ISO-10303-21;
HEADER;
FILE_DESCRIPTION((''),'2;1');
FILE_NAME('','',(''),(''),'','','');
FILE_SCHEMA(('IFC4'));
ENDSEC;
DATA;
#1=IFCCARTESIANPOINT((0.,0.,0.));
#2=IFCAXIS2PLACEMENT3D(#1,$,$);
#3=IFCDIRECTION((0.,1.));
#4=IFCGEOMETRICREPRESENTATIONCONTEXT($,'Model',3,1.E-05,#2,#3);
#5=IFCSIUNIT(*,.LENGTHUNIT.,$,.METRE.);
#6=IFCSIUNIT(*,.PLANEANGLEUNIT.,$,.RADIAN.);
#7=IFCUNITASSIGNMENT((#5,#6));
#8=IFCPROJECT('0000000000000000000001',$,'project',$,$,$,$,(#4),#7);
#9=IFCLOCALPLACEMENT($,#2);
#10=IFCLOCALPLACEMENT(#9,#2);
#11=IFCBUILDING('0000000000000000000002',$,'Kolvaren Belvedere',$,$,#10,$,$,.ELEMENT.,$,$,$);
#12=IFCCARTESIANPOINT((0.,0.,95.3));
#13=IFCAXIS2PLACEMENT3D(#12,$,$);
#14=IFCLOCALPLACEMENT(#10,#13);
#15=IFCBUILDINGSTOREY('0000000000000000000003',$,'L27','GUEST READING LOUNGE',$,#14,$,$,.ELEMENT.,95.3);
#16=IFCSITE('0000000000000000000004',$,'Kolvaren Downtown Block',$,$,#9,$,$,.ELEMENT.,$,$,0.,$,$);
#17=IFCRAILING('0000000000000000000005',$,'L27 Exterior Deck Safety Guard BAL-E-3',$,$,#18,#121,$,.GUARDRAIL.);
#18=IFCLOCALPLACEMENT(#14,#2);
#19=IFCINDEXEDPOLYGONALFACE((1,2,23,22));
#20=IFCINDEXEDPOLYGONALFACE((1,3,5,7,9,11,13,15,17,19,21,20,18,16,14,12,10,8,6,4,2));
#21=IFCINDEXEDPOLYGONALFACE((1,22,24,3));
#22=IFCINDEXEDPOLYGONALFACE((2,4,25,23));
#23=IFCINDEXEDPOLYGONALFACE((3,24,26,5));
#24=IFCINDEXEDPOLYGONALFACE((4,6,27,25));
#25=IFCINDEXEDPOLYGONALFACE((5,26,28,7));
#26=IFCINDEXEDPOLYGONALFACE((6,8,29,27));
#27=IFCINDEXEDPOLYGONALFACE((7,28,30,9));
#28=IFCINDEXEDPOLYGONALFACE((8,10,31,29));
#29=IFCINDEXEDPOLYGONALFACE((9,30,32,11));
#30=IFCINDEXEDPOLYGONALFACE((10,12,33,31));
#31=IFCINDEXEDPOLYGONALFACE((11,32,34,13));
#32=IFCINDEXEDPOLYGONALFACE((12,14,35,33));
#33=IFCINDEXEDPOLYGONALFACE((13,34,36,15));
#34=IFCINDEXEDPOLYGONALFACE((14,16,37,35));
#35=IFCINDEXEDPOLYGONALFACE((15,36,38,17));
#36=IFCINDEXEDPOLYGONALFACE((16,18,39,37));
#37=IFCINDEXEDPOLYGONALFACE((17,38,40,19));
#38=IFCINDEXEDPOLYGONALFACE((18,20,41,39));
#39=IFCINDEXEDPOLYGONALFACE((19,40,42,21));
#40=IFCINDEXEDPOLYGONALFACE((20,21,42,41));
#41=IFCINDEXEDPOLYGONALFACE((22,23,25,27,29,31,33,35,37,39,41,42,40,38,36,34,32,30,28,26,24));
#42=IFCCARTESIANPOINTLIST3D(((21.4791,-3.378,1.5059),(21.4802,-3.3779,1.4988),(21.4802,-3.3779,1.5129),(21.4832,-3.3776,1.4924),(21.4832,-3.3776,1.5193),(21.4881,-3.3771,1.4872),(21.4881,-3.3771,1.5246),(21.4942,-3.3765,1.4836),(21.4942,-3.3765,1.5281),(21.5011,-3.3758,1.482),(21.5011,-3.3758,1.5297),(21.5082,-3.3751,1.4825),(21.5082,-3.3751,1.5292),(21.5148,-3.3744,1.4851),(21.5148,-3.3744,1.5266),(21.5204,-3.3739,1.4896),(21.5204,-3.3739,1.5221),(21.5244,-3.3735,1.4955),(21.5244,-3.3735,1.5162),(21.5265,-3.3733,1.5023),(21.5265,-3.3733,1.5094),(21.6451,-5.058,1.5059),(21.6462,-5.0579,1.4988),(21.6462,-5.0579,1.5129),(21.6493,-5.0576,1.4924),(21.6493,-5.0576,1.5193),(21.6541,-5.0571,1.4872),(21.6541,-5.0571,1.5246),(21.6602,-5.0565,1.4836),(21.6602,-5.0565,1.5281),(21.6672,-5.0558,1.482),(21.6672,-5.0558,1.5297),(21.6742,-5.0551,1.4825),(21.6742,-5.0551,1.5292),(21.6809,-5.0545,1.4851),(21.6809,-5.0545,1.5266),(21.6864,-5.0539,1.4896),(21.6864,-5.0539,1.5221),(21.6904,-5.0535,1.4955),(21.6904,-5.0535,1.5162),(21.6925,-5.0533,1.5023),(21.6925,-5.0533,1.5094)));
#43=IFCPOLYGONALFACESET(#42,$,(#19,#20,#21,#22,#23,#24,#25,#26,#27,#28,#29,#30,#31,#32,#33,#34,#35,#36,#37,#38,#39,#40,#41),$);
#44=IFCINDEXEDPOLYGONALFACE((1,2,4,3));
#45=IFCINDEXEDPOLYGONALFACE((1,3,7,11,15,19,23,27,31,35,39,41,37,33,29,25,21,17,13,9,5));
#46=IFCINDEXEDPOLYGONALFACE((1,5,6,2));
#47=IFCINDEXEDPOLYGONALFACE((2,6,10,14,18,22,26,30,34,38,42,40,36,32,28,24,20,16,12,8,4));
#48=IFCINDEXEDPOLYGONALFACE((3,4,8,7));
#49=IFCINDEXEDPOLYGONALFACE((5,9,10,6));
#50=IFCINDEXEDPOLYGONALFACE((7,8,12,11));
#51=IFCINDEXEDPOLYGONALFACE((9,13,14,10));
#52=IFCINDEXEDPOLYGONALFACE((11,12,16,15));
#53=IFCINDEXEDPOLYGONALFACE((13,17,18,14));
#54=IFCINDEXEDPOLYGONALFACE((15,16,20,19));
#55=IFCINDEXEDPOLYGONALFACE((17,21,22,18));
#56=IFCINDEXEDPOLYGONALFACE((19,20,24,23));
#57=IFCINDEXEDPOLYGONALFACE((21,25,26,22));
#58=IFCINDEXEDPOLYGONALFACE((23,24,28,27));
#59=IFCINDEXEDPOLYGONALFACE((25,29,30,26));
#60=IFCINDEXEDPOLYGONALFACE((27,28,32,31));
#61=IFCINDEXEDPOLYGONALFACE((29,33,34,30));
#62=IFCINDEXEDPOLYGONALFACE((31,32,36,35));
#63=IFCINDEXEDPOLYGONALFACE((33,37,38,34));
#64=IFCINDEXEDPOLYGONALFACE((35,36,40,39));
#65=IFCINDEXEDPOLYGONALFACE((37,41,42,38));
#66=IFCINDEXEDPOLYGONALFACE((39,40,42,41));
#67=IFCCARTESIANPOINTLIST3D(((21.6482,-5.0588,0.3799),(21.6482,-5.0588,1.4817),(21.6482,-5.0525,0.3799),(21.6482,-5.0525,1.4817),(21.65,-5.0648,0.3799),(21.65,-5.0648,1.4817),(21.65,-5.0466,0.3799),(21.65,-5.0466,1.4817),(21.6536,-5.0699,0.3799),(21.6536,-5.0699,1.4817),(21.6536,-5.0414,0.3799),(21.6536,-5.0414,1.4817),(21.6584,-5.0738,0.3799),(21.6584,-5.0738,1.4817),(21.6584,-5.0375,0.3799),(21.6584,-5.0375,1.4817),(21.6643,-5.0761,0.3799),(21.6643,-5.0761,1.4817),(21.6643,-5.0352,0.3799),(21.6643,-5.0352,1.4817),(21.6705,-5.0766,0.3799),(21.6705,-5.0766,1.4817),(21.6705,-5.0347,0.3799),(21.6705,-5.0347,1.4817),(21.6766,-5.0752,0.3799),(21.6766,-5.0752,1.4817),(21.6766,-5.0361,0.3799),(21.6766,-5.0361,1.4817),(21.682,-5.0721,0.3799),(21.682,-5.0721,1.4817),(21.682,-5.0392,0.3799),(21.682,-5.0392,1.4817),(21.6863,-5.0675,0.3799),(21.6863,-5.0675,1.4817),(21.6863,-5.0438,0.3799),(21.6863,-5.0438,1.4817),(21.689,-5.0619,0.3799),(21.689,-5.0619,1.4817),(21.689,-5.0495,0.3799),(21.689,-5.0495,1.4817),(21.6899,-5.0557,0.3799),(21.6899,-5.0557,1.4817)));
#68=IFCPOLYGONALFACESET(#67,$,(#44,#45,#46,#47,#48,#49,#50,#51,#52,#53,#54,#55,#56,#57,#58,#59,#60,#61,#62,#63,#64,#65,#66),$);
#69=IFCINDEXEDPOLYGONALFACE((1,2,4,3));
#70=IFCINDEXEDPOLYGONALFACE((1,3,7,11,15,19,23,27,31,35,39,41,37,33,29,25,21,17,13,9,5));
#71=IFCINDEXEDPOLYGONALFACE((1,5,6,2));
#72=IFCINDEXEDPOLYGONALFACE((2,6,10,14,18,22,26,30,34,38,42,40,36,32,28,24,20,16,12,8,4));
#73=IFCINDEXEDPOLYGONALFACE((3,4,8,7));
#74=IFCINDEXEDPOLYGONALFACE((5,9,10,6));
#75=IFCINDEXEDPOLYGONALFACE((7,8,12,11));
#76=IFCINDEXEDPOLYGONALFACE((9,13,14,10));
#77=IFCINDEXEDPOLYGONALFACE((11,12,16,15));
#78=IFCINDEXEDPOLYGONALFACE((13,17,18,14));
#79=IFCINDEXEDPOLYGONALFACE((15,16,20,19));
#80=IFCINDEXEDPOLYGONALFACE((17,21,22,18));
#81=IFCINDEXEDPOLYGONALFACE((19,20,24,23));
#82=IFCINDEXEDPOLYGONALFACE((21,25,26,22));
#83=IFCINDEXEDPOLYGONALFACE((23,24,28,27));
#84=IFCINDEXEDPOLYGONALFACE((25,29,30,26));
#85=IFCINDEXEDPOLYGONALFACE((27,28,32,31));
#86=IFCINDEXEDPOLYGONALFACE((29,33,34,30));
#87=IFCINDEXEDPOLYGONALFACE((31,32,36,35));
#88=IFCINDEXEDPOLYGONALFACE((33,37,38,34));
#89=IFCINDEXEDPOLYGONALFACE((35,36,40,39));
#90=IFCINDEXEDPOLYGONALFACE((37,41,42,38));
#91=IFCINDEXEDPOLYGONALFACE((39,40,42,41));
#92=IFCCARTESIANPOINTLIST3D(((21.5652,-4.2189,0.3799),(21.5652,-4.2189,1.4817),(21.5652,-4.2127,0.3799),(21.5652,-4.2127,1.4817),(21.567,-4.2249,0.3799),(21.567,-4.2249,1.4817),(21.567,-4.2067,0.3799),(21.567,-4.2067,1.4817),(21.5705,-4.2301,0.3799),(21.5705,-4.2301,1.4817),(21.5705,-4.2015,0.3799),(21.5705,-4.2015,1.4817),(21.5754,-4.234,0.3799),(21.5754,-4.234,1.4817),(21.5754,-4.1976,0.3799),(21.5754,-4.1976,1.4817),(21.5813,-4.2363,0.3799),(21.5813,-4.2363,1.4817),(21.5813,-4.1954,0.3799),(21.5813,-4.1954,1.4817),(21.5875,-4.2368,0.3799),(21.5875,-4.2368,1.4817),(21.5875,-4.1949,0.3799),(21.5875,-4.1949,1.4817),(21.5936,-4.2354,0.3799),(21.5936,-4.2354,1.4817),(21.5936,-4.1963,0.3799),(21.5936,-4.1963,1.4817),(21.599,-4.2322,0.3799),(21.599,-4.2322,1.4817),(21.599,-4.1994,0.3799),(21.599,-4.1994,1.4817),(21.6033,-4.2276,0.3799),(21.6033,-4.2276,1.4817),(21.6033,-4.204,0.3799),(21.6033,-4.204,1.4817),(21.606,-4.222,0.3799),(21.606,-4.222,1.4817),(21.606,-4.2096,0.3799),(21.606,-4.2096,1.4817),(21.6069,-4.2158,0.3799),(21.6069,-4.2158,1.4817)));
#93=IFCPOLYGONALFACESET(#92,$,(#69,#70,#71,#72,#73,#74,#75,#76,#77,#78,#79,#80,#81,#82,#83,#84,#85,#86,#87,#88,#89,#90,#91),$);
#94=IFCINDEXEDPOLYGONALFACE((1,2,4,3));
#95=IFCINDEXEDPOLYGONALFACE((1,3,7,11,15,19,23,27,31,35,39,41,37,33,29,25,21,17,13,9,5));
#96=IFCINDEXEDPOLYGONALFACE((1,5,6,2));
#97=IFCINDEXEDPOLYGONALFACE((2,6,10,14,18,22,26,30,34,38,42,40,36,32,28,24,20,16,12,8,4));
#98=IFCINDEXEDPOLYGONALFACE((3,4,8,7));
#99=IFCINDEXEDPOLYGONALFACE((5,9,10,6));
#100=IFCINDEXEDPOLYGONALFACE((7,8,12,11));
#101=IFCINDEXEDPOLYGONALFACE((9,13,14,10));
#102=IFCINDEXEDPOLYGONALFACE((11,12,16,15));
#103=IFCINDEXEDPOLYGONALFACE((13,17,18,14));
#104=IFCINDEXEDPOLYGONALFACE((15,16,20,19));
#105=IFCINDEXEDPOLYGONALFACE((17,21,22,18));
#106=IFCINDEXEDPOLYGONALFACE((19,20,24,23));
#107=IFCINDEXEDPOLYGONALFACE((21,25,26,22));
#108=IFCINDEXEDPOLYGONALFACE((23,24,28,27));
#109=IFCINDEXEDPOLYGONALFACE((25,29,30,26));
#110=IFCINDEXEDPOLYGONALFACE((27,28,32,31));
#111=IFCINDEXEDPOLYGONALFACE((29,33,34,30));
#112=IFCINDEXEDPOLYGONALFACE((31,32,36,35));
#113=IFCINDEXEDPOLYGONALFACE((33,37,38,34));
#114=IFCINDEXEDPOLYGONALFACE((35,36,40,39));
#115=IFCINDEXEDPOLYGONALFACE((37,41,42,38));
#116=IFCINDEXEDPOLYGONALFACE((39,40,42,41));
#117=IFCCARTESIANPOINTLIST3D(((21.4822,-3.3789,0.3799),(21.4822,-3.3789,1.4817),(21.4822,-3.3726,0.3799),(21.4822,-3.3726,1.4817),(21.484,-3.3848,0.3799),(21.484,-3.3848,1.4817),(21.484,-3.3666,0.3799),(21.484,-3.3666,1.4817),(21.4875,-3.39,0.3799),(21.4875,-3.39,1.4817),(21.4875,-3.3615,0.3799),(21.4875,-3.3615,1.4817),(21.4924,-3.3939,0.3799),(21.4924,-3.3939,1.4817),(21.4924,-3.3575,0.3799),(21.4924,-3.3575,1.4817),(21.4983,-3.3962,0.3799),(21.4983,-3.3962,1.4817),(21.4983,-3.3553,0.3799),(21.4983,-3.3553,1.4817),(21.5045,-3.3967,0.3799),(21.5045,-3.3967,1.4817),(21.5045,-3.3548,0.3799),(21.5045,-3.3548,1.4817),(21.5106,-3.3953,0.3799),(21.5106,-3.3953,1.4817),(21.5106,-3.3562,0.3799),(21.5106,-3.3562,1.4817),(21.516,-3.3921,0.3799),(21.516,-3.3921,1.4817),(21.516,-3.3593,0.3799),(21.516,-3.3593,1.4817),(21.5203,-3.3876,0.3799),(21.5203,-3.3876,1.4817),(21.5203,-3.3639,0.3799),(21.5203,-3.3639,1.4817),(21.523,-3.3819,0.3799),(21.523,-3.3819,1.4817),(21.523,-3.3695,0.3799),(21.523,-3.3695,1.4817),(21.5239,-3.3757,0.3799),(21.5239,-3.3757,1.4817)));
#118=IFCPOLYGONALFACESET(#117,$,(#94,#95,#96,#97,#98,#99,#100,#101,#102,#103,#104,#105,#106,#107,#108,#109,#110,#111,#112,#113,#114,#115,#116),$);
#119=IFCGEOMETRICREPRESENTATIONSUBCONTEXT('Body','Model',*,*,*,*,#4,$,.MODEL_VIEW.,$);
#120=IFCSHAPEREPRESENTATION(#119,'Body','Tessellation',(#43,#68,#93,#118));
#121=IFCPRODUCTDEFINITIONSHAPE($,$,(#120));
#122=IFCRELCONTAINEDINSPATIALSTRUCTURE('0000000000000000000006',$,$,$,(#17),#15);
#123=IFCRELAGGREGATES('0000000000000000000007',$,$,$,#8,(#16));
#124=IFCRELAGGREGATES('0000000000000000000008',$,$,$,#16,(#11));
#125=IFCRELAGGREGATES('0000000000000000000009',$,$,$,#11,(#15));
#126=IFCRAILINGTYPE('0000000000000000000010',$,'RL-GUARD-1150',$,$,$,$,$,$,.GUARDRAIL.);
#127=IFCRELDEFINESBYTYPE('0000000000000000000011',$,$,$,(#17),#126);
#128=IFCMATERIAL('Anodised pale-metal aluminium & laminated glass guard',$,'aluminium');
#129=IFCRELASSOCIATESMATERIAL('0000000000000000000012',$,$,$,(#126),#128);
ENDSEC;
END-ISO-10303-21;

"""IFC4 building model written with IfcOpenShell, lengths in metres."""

from ifc_helpers import new_model, si_unit, direction, frame, origin, origin_2d, place, context, subcontext, project, spatial, circle, extrude, material, type_object, element, save


model = new_model("IFC4")

# Units and contexts
model_context = context("Model", 3, precision=1e-05, world=origin(), true_north=direction((0.0, 1.0)))
body_context = subcontext(model_context, "Body", "Model", "MODEL_VIEW")
ifc_project = project(units=[si_unit("LENGTHUNIT", "METRE"), si_unit("PLANEANGLEUNIT", "RADIAN")], contexts=[model_context])

# Site, building, storey
site_placement = place(None, origin())
site = spatial("IfcSite", under=ifc_project, at=site_placement, Name="Kolvaren Downtown Block", CompositionType="ELEMENT", RefElevation=0.0)
building_placement = place(site_placement, origin())
building = spatial("IfcBuilding", under=site, at=building_placement, Name="Kolvaren Belvedere", CompositionType="ELEMENT")
storey_placement = place(building_placement, frame((0.0, 0.0, 95.3)))
storey = spatial("IfcBuildingStorey", under=building, at=storey_placement, Name="L27", Description="GUEST READING LOUNGE", CompositionType="ELEMENT", Elevation=95.3)

# Railing
ifc_material_1 = material(Name="Anodised pale-metal aluminium & laminated glass guard", Category="aluminium")
railing_type = type_object("IfcRailingType", Name="RL-GUARD-1150", PredefinedType="GUARDRAIL", material=ifc_material_1)
railing_1_placement = place(storey_placement, frame((21.6689, -5.0557, 0.3799)))
element("IfcRailing", 1, at=railing_1_placement, inside=storey, type_object=railing_type, Name="L27 Exterior Deck Safety Guard BAL-E-3", PredefinedType="GUARDRAIL", context=body_context, shape_type="SweptSolid", body=[
    extrude(circle(Radius=0.0239, at=origin_2d()), frame((0.0, 0.0, 1.126), z_axis=(-0.098344, 0.995152, 0.0), x_axis=(-0.995152, -0.098344, 0.0)), (0.0, 0.0, 1.0), 1.6882),
    extrude(circle(Radius=0.021, at=origin_2d()), origin(), (0.0, 0.0, 1.0), 1.1018),
    extrude(circle(Radius=0.021, at=origin_2d()), frame((-0.083, 0.8398, 0.0)), (0.0, 0.0, 1.0), 1.1018),
    extrude(circle(Radius=0.021, at=origin_2d()), frame((-0.166, 1.6799, 0.0)), (0.0, 0.0, 1.0), 1.1018),
])

save(model, "model.ifc")
